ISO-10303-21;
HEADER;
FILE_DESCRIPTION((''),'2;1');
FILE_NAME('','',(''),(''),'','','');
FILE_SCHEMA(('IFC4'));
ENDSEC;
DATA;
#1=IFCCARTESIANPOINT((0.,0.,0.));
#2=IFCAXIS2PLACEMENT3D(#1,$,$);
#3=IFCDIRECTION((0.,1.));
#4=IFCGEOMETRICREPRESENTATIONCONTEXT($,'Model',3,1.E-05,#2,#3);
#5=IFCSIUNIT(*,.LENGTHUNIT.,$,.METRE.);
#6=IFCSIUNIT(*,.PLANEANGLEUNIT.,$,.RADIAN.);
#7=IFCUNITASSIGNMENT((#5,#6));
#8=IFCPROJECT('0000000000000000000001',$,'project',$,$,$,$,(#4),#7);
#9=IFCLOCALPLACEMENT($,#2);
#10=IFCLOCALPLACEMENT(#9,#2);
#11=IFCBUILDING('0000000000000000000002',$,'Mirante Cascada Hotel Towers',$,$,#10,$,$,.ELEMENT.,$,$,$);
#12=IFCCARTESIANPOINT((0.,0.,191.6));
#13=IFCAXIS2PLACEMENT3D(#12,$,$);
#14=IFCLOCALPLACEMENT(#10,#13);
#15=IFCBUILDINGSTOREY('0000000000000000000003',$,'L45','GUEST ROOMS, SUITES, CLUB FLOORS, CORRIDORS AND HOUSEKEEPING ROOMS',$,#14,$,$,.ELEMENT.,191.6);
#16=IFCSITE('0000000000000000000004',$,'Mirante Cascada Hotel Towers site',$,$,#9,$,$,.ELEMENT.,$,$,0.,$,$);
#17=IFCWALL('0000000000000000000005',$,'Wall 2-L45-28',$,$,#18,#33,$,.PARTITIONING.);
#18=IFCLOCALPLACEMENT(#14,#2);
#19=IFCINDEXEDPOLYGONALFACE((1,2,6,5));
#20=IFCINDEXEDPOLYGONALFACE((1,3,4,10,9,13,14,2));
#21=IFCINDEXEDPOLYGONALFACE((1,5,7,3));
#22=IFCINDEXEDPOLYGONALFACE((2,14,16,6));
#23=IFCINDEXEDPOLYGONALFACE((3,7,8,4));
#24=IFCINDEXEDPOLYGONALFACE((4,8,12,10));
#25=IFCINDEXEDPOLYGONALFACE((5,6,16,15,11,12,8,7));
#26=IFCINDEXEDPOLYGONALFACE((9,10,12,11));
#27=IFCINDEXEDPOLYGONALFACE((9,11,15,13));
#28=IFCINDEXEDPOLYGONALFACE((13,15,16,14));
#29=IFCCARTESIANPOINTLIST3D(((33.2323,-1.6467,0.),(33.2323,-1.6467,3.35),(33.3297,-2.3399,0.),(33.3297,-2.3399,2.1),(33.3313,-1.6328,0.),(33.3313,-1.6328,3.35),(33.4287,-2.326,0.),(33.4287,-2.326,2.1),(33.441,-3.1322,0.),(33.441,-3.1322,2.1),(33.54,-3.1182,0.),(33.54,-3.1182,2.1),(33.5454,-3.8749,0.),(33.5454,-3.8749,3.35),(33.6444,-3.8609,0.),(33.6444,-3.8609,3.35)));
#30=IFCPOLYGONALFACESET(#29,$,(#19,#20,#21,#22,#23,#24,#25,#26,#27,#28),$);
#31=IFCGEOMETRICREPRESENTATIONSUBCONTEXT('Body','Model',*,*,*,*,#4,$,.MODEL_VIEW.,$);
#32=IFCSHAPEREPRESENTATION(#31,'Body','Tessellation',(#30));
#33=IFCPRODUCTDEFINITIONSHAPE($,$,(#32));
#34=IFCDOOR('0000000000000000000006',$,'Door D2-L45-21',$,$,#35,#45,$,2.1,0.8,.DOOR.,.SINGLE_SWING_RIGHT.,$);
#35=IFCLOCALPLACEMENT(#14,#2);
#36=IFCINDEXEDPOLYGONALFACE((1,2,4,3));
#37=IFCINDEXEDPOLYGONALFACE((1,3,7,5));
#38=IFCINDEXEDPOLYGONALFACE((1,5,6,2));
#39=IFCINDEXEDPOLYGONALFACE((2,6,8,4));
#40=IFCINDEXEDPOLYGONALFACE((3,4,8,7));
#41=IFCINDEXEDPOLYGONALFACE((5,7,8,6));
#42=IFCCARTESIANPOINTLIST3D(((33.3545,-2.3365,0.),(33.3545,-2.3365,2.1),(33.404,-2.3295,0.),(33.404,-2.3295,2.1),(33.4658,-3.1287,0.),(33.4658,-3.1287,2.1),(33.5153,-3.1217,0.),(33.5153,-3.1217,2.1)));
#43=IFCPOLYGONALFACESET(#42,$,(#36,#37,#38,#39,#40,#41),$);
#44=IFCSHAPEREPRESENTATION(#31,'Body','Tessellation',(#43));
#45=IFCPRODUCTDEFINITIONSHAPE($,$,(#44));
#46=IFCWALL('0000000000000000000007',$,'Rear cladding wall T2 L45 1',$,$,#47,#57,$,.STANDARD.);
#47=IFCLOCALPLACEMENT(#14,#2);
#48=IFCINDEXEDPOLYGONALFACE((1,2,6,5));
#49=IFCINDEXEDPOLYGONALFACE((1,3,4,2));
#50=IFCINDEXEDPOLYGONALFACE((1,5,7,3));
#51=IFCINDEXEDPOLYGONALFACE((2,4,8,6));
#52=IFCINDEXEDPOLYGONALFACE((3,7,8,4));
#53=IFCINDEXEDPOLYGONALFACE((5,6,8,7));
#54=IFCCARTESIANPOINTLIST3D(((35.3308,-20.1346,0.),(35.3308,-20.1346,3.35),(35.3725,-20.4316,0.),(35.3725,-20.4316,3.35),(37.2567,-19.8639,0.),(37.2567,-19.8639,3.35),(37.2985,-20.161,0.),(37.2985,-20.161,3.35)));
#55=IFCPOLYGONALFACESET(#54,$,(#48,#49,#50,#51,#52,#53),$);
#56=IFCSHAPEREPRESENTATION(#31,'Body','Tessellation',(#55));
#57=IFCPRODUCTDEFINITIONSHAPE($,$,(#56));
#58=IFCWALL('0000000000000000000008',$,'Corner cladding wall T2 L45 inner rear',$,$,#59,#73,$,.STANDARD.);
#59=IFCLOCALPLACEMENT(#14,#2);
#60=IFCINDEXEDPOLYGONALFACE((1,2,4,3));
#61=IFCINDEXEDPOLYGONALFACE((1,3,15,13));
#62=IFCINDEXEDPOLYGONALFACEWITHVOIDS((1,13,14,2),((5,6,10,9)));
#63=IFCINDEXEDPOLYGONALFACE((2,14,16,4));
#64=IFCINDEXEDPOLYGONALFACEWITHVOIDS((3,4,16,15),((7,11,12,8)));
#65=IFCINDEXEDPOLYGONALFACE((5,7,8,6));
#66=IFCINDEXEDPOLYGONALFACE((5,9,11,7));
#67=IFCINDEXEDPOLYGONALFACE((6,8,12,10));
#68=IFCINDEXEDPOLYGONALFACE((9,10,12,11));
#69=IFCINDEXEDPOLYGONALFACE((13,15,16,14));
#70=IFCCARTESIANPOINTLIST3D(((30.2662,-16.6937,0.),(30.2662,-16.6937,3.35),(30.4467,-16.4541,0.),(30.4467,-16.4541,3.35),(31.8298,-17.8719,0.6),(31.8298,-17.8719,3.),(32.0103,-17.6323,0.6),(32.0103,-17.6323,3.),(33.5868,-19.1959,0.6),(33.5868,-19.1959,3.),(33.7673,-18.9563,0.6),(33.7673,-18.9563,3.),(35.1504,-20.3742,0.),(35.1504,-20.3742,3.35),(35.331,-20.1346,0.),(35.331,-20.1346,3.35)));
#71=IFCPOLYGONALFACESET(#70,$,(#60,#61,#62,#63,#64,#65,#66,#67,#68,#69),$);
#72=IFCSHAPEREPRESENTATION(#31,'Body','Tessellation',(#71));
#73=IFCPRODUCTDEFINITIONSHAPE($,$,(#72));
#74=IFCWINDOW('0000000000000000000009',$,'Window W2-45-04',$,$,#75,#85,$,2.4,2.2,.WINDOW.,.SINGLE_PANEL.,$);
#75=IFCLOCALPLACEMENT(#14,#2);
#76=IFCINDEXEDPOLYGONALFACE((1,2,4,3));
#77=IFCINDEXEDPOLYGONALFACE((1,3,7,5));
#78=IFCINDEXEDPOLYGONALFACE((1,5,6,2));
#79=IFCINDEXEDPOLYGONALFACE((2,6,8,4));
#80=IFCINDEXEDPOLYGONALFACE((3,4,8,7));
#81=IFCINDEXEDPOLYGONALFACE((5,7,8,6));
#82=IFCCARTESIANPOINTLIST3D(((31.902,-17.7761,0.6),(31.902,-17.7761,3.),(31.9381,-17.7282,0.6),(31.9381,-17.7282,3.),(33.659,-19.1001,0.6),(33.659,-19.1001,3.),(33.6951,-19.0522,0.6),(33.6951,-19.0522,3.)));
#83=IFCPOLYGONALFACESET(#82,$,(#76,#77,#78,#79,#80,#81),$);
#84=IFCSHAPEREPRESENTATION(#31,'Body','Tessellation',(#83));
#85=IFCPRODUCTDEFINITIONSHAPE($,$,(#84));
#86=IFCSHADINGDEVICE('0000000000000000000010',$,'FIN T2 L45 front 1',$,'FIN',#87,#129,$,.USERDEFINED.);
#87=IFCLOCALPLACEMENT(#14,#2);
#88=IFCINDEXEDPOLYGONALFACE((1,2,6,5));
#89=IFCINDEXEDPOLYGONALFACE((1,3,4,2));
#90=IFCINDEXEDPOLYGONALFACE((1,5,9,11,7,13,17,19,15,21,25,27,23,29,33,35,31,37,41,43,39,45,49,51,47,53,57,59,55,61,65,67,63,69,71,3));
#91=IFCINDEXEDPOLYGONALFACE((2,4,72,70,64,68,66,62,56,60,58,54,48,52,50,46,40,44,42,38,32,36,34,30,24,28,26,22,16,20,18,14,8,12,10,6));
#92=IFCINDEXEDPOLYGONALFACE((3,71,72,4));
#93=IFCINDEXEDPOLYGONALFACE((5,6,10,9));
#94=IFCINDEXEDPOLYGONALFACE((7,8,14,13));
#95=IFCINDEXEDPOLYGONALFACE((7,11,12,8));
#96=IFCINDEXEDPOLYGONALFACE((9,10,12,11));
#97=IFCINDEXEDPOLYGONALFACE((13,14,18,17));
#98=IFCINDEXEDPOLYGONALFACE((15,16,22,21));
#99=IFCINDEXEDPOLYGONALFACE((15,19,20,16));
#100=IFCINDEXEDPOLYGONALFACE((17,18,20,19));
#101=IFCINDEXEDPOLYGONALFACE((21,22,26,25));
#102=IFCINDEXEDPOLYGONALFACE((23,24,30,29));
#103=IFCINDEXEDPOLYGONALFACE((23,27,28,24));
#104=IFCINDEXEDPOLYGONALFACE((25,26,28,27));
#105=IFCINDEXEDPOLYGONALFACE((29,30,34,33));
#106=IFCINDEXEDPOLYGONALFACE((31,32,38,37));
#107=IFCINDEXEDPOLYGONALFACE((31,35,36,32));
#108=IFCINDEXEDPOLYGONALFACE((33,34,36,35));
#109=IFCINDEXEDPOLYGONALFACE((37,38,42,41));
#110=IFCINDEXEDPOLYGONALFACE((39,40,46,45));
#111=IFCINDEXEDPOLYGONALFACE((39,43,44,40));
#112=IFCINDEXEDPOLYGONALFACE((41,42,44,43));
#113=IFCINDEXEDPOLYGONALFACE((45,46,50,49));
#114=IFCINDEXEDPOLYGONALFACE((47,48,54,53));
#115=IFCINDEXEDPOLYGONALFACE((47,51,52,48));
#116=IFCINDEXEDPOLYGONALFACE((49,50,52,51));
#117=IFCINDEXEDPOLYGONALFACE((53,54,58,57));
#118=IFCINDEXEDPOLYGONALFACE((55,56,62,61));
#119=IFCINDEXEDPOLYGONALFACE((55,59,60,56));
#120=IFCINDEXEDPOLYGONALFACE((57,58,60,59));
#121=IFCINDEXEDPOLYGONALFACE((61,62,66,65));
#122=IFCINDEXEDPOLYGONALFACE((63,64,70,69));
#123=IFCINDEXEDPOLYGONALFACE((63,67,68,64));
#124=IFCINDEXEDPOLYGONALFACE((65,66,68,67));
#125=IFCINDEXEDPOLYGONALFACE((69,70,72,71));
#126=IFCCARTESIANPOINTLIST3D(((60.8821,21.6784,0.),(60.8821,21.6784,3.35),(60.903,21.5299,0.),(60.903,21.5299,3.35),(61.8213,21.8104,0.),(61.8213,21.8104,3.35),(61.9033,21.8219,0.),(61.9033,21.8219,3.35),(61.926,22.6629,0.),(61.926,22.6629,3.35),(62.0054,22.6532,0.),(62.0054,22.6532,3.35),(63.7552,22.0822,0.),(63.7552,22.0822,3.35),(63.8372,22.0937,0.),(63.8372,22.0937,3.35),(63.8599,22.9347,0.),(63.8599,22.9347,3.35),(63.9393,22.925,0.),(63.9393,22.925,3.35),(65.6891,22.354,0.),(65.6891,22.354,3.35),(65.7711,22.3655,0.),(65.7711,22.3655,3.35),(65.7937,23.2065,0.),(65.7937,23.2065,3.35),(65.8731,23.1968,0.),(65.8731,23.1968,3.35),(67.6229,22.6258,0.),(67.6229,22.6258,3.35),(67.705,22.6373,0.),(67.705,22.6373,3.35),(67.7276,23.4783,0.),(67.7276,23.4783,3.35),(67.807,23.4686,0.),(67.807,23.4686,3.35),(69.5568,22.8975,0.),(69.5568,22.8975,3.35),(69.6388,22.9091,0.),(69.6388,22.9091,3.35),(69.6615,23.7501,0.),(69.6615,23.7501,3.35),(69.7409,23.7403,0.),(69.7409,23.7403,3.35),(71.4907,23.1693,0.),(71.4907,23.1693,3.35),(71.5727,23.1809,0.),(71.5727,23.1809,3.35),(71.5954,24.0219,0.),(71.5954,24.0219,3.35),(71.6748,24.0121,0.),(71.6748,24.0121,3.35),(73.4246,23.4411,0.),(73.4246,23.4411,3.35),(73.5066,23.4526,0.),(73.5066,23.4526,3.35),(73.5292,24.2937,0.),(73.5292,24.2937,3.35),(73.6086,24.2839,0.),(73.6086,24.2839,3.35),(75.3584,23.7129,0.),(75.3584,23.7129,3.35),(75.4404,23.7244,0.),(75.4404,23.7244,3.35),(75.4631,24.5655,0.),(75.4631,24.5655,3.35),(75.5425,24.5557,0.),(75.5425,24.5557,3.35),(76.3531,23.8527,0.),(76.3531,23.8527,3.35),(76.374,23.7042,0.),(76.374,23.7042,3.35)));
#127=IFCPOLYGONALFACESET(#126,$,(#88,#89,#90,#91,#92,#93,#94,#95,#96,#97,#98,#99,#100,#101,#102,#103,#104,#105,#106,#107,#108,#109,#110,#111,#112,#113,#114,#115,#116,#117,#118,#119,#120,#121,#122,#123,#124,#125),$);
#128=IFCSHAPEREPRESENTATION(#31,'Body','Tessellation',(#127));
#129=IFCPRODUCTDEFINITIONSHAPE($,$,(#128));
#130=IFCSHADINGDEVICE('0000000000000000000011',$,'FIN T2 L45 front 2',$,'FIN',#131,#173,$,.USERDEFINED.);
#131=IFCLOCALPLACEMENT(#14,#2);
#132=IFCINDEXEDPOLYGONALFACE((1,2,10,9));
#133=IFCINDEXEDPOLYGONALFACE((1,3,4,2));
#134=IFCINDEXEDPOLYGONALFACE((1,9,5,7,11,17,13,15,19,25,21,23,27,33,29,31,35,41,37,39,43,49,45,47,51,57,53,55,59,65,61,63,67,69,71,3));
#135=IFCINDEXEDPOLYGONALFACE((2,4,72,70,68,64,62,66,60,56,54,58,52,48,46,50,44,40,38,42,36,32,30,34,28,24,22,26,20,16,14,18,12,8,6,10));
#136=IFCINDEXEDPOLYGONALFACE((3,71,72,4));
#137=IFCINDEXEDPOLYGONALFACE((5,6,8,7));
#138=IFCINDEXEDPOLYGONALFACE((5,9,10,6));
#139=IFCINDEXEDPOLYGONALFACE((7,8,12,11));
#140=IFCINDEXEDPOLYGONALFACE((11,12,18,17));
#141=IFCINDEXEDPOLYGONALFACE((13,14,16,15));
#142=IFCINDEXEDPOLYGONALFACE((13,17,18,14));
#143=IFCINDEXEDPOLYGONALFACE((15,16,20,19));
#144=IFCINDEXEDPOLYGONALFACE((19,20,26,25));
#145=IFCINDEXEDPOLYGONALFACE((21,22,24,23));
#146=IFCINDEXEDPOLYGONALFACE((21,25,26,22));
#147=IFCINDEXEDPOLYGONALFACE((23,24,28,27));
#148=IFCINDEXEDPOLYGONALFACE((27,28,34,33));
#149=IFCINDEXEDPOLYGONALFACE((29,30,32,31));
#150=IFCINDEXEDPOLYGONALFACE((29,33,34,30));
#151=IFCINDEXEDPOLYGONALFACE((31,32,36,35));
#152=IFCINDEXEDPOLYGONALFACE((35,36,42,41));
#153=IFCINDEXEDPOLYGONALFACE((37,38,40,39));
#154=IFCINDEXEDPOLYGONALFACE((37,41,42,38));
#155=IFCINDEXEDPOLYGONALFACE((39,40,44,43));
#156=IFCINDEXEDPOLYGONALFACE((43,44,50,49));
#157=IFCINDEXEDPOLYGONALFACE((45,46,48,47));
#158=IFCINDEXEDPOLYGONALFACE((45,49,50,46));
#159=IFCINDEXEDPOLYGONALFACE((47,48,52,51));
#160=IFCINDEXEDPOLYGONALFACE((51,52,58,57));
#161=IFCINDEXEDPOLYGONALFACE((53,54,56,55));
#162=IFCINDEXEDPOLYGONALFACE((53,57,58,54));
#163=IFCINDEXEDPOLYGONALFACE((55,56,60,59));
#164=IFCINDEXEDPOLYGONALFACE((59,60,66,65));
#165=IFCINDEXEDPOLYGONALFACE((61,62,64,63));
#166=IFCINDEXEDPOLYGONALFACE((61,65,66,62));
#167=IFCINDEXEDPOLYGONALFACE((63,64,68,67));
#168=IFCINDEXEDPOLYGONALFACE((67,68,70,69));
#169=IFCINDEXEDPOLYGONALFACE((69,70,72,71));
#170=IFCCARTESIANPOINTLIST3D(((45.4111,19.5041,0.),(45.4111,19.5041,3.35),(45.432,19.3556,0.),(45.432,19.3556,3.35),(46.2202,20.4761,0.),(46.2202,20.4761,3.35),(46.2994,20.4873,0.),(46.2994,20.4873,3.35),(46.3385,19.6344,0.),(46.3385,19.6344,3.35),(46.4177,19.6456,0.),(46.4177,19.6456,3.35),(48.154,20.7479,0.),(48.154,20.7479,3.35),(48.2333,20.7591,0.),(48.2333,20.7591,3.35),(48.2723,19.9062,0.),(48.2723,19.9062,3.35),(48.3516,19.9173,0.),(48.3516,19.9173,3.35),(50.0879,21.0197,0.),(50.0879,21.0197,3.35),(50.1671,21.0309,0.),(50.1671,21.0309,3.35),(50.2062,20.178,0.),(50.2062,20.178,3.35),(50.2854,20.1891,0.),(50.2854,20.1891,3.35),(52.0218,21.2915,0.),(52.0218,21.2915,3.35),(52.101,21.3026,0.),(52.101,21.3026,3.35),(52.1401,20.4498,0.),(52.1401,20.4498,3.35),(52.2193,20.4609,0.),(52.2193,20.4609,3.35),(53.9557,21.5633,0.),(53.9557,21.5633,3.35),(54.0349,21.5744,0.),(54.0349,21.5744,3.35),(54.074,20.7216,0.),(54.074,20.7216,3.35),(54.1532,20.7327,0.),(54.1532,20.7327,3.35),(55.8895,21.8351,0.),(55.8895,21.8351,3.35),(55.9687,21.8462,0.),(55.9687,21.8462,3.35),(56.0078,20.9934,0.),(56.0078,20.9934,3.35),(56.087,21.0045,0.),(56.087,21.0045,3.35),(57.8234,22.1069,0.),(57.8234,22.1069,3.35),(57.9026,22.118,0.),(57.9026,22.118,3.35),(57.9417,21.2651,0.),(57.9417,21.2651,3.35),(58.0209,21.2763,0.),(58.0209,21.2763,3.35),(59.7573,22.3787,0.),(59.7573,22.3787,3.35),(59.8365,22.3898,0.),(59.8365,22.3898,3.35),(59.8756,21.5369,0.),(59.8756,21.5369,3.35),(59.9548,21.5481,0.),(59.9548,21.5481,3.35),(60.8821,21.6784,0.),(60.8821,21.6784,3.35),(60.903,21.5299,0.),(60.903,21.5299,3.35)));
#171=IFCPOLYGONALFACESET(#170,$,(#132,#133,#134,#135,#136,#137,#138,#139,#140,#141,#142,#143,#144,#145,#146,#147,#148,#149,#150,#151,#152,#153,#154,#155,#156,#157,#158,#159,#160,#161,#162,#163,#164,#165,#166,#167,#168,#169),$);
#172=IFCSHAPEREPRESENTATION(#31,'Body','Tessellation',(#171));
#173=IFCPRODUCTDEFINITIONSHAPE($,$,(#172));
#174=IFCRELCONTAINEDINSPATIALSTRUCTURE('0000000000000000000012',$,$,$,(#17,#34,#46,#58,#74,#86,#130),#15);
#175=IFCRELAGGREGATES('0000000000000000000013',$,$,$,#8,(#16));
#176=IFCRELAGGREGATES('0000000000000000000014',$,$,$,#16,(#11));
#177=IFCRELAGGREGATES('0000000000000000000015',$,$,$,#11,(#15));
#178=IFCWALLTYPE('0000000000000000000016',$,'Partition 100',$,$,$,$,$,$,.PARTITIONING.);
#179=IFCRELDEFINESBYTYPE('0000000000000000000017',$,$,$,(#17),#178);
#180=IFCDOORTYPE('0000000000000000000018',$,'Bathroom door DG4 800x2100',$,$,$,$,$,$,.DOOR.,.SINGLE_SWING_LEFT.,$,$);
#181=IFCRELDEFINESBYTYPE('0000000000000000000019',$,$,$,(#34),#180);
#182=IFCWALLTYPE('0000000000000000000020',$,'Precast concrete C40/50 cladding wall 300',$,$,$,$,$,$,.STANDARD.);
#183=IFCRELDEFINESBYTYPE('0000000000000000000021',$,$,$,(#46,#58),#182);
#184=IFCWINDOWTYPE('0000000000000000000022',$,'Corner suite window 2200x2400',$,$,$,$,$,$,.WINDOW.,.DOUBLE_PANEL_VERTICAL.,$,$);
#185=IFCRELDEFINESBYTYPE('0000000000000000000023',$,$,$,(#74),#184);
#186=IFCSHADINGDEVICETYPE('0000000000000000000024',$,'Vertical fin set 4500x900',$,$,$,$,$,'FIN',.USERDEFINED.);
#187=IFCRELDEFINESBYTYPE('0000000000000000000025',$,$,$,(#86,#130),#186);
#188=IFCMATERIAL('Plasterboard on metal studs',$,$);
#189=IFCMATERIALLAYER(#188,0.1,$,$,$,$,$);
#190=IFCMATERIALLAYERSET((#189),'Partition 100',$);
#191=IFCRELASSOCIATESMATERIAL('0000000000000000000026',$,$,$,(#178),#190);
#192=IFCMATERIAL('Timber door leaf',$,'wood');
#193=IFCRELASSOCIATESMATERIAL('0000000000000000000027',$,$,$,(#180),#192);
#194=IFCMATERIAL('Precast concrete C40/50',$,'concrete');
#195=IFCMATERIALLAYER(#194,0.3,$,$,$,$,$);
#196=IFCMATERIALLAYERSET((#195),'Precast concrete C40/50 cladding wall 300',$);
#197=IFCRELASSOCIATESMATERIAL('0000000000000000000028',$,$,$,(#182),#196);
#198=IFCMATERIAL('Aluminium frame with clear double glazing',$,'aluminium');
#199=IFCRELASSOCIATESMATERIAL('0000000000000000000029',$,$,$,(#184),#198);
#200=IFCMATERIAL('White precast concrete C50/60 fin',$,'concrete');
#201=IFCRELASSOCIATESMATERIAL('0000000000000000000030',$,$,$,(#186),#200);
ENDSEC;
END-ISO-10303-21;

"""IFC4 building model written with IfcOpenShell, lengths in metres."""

from ifc_helpers import new_model, si_unit, direction, frame, frame_2d, origin, place, context, subcontext, project, spatial, polyline, rectangle, outline, extrude, material, layer, layer_set, type_object, element, fill, save


model = new_model("IFC4")

# Units and contexts
model_context = context("Model", 3, precision=1e-05, world=origin(), true_north=direction((0.0, 1.0)))
body_context = subcontext(model_context, "Body", "Model", "MODEL_VIEW")
ifc_project = project(units=[si_unit("LENGTHUNIT", "METRE"), si_unit("PLANEANGLEUNIT", "RADIAN")], contexts=[model_context])

# Site, building, storey
site_placement = place(None, origin())
site = spatial("IfcSite", under=ifc_project, at=site_placement, Name="Mirante Cascada Hotel Towers site", CompositionType="ELEMENT", RefElevation=0.0)
building_placement = place(site_placement, origin())
building = spatial("IfcBuilding", under=site, at=building_placement, Name="Mirante Cascada Hotel Towers", CompositionType="ELEMENT")
storey_placement = place(building_placement, frame((0.0, 0.0, 191.6)))
storey = spatial("IfcBuildingStorey", under=building, at=storey_placement, Name="L45", Description="GUEST ROOMS, SUITES, CLUB FLOORS, CORRIDORS AND HOUSEKEEPING ROOMS", CompositionType="ELEMENT", Elevation=191.6)

# Shared definitions
ifc_material_1 = material(Name="Plasterboard on metal studs")
ifc_layer_1 = layer(ifc_material_1, 0.1)
ifc_layer_set_1 = layer_set([ifc_layer_1], Name="Partition 100")
wall_type_1 = type_object("IfcWallType", Name="Partition 100", PredefinedType="PARTITIONING", material=ifc_layer_set_1)

# Shared definitions
ifc_material_2 = material(Name="Timber door leaf", Category="wood")
door_type_1 = type_object("IfcDoorType", Name="Bathroom door DG4 800x2100", OperationType="SINGLE_SWING_LEFT", PredefinedType="DOOR", material=ifc_material_2)

# Wall, opening, door
wall_1_placement = place(storey_placement, frame((33.5949, -3.8679, 0.0), z_axis=(0.0, 0.0, 1.0), x_axis=(-0.139156, 0.990271, 0.0)))
wall_1 = element("IfcWall", 1, at=wall_1_placement, inside=storey, type_object=wall_type_1, Name="Wall 2-L45-28", PredefinedType="PARTITIONING", context=body_context, shape_type="SweptSolid", body=[
    extrude(rectangle(XDim=2.25, YDim=0.1, at=frame_2d((1.125, 0.0))), origin(), (0.0, 0.0, 1.0), 3.35),
])
opening_1_placement = place(wall_1_placement, frame((0.75, 0.0, 0.0)))
opening_1 = element("IfcOpeningElement", 2, at=opening_1_placement, cuts=wall_1, PredefinedType="OPENING", context=body_context, shape_type="SweptSolid", body=[
    extrude(rectangle(XDim=0.8, YDim=2.1, at=frame_2d((0.4, 1.05))), frame((0.0, 0.05, 0.0), z_axis=(0.0, -1.0, 0.0), x_axis=(1.0, 0.0, 0.0)), (0.0, 0.0, 1.0), 0.1),
])
door_1_placement = place(opening_1_placement, frame((0.8, 0.0, 0.0), z_axis=(0.0, 0.0, 1.0), x_axis=(-1.0, 0.0, 0.0)))
door_1 = element("IfcDoor", 3, at=door_1_placement, inside=storey, type_object=door_type_1, Name="Door D2-L45-21", OperationType="SINGLE_SWING_RIGHT", OverallHeight=2.1, OverallWidth=0.8, PredefinedType="DOOR", context=body_context, shape_type="SweptSolid", body=[
    extrude(rectangle(XDim=0.8, YDim=2.1, at=frame_2d((0.4, 1.05))), frame((0.0, 0.025, 0.0), z_axis=(0.0, -1.0, 0.0), x_axis=(1.0, 0.0, 0.0)), (0.0, 0.0, 1.0), 0.05),
])
fill(opening_1, door_1)

# Wall
ifc_material_3 = material(Name="Precast concrete C40/50", Category="concrete")
ifc_layer_2 = layer(ifc_material_3, 0.3)
ifc_layer_set_2 = layer_set([ifc_layer_2], Name="Precast concrete C40/50 cladding wall 300")
wall_type_2 = type_object("IfcWallType", Name="Precast concrete C40/50 cladding wall 300", PredefinedType="STANDARD", material=ifc_layer_set_2)
wall_2_placement = place(storey_placement, frame((35.3517, -20.2831, 0.0), z_axis=(0.0, 0.0, 1.0), x_axis=(0.990267, 0.139182, 0.0)))
element("IfcWall", 4, at=wall_2_placement, inside=storey, type_object=wall_type_2, Name="Rear cladding wall T2 L45 1", PredefinedType="STANDARD", context=body_context, shape_type="SweptSolid", body=[
    extrude(rectangle(XDim=1.9449, YDim=0.3, at=frame_2d((0.9724, 0.0))), origin(), (0.0, 0.0, 1.0), 3.35),
])

# Wall, opening, window
wall_3_placement = place(storey_placement, frame((30.3565, -16.5739, 0.0), z_axis=(0.0, 0.0, 1.0), x_axis=(0.798636, -0.601814, 0.0)))
wall_3 = element("IfcWall", 5, at=wall_3_placement, inside=storey, type_object=wall_type_2, Name="Corner cladding wall T2 L45 inner rear", PredefinedType="STANDARD", context=body_context, shape_type="SweptSolid", body=[
    extrude(rectangle(XDim=6.1157, YDim=0.3, at=frame_2d((3.0578, 0.0))), origin(), (0.0, 0.0, 1.0), 3.35),
])
opening_2_placement = place(wall_3_placement, frame((1.9578, 0.0, 0.6)))
opening_2 = element("IfcOpeningElement", 6, at=opening_2_placement, cuts=wall_3, PredefinedType="OPENING", context=body_context, shape_type="SweptSolid", body=[
    extrude(rectangle(XDim=2.2, YDim=2.4, at=frame_2d((1.1, 1.2))), frame((0.0, 0.15, 0.0), z_axis=(0.0, -1.0, 0.0), x_axis=(1.0, 0.0, 0.0)), (0.0, 0.0, 1.0), 0.3),
])
ifc_material_4 = material(Name="Aluminium frame with clear double glazing", Category="aluminium")
window_type = type_object("IfcWindowType", Name="Corner suite window 2200x2400", PartitioningType="DOUBLE_PANEL_VERTICAL", PredefinedType="WINDOW", material=ifc_material_4)
window_placement = place(opening_2_placement, origin())
window = element("IfcWindow", 7, at=window_placement, inside=storey, type_object=window_type, Name="Window W2-45-04", OverallHeight=2.4, OverallWidth=2.2, PartitioningType="SINGLE_PANEL", PredefinedType="WINDOW", context=body_context, shape_type="SweptSolid", body=[
    extrude(rectangle(XDim=2.2, YDim=2.4, at=frame_2d((1.1, 1.2))), frame((0.0, 0.03, 0.0), z_axis=(0.0, -1.0, 0.0), x_axis=(1.0, 0.0, 0.0)), (0.0, 0.0, 1.0), 0.06),
])
fill(opening_2, window)

# Shading devices
ifc_material_5 = material(Name="White precast concrete C50/60 fin", Category="concrete")
shading_device_type = type_object("IfcShadingDeviceType", Name="Vertical fin set 4500x900", ElementType="FIN", PredefinedType="USERDEFINED", material=ifc_material_5)
shading_device_1_placement = place(storey_placement, origin())
element("IfcShadingDevice", 8, at=shading_device_1_placement, inside=storey, type_object=shading_device_type, Name="FIN T2 L45 front 1", ObjectType="FIN", PredefinedType="USERDEFINED", context=body_context, shape_type="SweptSolid", body=[
    extrude(outline(polyline([(62.0054, 22.6532), (61.9033, 21.8219), (63.7552, 22.0822), (63.8599, 22.9347), (63.9393, 22.925), (63.8372, 22.0937), (65.6891, 22.354), (65.7937, 23.2065), (65.8731, 23.1968), (65.7711, 22.3655), (67.6229, 22.6258), (67.7276, 23.4783), (67.807, 23.4686), (67.705, 22.6373), (69.5568, 22.8975), (69.6615, 23.7501), (69.7409, 23.7403), (69.6388, 22.9091), (71.4907, 23.1693), (71.5954, 24.0219), (71.6748, 24.0121), (71.5727, 23.1809), (73.4246, 23.4411), (73.5292, 24.2937), (73.6086, 24.2839), (73.5066, 23.4526), (75.3584, 23.7129), (75.4631, 24.5655), (75.5425, 24.5557), (75.4404, 23.7244), (76.3531, 23.8527), (76.374, 23.7042), (60.903, 21.5299), (60.8821, 21.6784), (61.8213, 21.8104), (61.926, 22.6629), (62.0054, 22.6532)])), origin(), (0.0, 0.0, 1.0), 3.35),
])
shading_device_2_placement = place(storey_placement, origin())
element("IfcShadingDevice", 9, at=shading_device_2_placement, inside=storey, type_object=shading_device_type, Name="FIN T2 L45 front 2", ObjectType="FIN", PredefinedType="USERDEFINED", context=body_context, shape_type="SweptSolid", body=[
    extrude(outline(polyline([(46.2994, 20.4873), (46.4177, 19.6456), (48.2723, 19.9062), (48.154, 20.7479), (48.2333, 20.7591), (48.3516, 19.9173), (50.2062, 20.178), (50.0879, 21.0197), (50.1671, 21.0309), (50.2854, 20.1891), (52.1401, 20.4498), (52.0218, 21.2915), (52.101, 21.3026), (52.2193, 20.4609), (54.074, 20.7216), (53.9557, 21.5633), (54.0349, 21.5744), (54.1532, 20.7327), (56.0078, 20.9934), (55.8895, 21.8351), (55.9687, 21.8462), (56.087, 21.0045), (57.9417, 21.2651), (57.8234, 22.1069), (57.9026, 22.118), (58.0209, 21.2763), (59.8756, 21.5369), (59.7573, 22.3787), (59.8365, 22.3898), (59.9548, 21.5481), (60.8821, 21.6784), (60.903, 21.5299), (45.432, 19.3556), (45.4111, 19.5041), (46.3385, 19.6344), (46.2202, 20.4761), (46.2994, 20.4873)])), origin(), (0.0, 0.0, 1.0), 3.35),
])

save(model, "model.ifc")
